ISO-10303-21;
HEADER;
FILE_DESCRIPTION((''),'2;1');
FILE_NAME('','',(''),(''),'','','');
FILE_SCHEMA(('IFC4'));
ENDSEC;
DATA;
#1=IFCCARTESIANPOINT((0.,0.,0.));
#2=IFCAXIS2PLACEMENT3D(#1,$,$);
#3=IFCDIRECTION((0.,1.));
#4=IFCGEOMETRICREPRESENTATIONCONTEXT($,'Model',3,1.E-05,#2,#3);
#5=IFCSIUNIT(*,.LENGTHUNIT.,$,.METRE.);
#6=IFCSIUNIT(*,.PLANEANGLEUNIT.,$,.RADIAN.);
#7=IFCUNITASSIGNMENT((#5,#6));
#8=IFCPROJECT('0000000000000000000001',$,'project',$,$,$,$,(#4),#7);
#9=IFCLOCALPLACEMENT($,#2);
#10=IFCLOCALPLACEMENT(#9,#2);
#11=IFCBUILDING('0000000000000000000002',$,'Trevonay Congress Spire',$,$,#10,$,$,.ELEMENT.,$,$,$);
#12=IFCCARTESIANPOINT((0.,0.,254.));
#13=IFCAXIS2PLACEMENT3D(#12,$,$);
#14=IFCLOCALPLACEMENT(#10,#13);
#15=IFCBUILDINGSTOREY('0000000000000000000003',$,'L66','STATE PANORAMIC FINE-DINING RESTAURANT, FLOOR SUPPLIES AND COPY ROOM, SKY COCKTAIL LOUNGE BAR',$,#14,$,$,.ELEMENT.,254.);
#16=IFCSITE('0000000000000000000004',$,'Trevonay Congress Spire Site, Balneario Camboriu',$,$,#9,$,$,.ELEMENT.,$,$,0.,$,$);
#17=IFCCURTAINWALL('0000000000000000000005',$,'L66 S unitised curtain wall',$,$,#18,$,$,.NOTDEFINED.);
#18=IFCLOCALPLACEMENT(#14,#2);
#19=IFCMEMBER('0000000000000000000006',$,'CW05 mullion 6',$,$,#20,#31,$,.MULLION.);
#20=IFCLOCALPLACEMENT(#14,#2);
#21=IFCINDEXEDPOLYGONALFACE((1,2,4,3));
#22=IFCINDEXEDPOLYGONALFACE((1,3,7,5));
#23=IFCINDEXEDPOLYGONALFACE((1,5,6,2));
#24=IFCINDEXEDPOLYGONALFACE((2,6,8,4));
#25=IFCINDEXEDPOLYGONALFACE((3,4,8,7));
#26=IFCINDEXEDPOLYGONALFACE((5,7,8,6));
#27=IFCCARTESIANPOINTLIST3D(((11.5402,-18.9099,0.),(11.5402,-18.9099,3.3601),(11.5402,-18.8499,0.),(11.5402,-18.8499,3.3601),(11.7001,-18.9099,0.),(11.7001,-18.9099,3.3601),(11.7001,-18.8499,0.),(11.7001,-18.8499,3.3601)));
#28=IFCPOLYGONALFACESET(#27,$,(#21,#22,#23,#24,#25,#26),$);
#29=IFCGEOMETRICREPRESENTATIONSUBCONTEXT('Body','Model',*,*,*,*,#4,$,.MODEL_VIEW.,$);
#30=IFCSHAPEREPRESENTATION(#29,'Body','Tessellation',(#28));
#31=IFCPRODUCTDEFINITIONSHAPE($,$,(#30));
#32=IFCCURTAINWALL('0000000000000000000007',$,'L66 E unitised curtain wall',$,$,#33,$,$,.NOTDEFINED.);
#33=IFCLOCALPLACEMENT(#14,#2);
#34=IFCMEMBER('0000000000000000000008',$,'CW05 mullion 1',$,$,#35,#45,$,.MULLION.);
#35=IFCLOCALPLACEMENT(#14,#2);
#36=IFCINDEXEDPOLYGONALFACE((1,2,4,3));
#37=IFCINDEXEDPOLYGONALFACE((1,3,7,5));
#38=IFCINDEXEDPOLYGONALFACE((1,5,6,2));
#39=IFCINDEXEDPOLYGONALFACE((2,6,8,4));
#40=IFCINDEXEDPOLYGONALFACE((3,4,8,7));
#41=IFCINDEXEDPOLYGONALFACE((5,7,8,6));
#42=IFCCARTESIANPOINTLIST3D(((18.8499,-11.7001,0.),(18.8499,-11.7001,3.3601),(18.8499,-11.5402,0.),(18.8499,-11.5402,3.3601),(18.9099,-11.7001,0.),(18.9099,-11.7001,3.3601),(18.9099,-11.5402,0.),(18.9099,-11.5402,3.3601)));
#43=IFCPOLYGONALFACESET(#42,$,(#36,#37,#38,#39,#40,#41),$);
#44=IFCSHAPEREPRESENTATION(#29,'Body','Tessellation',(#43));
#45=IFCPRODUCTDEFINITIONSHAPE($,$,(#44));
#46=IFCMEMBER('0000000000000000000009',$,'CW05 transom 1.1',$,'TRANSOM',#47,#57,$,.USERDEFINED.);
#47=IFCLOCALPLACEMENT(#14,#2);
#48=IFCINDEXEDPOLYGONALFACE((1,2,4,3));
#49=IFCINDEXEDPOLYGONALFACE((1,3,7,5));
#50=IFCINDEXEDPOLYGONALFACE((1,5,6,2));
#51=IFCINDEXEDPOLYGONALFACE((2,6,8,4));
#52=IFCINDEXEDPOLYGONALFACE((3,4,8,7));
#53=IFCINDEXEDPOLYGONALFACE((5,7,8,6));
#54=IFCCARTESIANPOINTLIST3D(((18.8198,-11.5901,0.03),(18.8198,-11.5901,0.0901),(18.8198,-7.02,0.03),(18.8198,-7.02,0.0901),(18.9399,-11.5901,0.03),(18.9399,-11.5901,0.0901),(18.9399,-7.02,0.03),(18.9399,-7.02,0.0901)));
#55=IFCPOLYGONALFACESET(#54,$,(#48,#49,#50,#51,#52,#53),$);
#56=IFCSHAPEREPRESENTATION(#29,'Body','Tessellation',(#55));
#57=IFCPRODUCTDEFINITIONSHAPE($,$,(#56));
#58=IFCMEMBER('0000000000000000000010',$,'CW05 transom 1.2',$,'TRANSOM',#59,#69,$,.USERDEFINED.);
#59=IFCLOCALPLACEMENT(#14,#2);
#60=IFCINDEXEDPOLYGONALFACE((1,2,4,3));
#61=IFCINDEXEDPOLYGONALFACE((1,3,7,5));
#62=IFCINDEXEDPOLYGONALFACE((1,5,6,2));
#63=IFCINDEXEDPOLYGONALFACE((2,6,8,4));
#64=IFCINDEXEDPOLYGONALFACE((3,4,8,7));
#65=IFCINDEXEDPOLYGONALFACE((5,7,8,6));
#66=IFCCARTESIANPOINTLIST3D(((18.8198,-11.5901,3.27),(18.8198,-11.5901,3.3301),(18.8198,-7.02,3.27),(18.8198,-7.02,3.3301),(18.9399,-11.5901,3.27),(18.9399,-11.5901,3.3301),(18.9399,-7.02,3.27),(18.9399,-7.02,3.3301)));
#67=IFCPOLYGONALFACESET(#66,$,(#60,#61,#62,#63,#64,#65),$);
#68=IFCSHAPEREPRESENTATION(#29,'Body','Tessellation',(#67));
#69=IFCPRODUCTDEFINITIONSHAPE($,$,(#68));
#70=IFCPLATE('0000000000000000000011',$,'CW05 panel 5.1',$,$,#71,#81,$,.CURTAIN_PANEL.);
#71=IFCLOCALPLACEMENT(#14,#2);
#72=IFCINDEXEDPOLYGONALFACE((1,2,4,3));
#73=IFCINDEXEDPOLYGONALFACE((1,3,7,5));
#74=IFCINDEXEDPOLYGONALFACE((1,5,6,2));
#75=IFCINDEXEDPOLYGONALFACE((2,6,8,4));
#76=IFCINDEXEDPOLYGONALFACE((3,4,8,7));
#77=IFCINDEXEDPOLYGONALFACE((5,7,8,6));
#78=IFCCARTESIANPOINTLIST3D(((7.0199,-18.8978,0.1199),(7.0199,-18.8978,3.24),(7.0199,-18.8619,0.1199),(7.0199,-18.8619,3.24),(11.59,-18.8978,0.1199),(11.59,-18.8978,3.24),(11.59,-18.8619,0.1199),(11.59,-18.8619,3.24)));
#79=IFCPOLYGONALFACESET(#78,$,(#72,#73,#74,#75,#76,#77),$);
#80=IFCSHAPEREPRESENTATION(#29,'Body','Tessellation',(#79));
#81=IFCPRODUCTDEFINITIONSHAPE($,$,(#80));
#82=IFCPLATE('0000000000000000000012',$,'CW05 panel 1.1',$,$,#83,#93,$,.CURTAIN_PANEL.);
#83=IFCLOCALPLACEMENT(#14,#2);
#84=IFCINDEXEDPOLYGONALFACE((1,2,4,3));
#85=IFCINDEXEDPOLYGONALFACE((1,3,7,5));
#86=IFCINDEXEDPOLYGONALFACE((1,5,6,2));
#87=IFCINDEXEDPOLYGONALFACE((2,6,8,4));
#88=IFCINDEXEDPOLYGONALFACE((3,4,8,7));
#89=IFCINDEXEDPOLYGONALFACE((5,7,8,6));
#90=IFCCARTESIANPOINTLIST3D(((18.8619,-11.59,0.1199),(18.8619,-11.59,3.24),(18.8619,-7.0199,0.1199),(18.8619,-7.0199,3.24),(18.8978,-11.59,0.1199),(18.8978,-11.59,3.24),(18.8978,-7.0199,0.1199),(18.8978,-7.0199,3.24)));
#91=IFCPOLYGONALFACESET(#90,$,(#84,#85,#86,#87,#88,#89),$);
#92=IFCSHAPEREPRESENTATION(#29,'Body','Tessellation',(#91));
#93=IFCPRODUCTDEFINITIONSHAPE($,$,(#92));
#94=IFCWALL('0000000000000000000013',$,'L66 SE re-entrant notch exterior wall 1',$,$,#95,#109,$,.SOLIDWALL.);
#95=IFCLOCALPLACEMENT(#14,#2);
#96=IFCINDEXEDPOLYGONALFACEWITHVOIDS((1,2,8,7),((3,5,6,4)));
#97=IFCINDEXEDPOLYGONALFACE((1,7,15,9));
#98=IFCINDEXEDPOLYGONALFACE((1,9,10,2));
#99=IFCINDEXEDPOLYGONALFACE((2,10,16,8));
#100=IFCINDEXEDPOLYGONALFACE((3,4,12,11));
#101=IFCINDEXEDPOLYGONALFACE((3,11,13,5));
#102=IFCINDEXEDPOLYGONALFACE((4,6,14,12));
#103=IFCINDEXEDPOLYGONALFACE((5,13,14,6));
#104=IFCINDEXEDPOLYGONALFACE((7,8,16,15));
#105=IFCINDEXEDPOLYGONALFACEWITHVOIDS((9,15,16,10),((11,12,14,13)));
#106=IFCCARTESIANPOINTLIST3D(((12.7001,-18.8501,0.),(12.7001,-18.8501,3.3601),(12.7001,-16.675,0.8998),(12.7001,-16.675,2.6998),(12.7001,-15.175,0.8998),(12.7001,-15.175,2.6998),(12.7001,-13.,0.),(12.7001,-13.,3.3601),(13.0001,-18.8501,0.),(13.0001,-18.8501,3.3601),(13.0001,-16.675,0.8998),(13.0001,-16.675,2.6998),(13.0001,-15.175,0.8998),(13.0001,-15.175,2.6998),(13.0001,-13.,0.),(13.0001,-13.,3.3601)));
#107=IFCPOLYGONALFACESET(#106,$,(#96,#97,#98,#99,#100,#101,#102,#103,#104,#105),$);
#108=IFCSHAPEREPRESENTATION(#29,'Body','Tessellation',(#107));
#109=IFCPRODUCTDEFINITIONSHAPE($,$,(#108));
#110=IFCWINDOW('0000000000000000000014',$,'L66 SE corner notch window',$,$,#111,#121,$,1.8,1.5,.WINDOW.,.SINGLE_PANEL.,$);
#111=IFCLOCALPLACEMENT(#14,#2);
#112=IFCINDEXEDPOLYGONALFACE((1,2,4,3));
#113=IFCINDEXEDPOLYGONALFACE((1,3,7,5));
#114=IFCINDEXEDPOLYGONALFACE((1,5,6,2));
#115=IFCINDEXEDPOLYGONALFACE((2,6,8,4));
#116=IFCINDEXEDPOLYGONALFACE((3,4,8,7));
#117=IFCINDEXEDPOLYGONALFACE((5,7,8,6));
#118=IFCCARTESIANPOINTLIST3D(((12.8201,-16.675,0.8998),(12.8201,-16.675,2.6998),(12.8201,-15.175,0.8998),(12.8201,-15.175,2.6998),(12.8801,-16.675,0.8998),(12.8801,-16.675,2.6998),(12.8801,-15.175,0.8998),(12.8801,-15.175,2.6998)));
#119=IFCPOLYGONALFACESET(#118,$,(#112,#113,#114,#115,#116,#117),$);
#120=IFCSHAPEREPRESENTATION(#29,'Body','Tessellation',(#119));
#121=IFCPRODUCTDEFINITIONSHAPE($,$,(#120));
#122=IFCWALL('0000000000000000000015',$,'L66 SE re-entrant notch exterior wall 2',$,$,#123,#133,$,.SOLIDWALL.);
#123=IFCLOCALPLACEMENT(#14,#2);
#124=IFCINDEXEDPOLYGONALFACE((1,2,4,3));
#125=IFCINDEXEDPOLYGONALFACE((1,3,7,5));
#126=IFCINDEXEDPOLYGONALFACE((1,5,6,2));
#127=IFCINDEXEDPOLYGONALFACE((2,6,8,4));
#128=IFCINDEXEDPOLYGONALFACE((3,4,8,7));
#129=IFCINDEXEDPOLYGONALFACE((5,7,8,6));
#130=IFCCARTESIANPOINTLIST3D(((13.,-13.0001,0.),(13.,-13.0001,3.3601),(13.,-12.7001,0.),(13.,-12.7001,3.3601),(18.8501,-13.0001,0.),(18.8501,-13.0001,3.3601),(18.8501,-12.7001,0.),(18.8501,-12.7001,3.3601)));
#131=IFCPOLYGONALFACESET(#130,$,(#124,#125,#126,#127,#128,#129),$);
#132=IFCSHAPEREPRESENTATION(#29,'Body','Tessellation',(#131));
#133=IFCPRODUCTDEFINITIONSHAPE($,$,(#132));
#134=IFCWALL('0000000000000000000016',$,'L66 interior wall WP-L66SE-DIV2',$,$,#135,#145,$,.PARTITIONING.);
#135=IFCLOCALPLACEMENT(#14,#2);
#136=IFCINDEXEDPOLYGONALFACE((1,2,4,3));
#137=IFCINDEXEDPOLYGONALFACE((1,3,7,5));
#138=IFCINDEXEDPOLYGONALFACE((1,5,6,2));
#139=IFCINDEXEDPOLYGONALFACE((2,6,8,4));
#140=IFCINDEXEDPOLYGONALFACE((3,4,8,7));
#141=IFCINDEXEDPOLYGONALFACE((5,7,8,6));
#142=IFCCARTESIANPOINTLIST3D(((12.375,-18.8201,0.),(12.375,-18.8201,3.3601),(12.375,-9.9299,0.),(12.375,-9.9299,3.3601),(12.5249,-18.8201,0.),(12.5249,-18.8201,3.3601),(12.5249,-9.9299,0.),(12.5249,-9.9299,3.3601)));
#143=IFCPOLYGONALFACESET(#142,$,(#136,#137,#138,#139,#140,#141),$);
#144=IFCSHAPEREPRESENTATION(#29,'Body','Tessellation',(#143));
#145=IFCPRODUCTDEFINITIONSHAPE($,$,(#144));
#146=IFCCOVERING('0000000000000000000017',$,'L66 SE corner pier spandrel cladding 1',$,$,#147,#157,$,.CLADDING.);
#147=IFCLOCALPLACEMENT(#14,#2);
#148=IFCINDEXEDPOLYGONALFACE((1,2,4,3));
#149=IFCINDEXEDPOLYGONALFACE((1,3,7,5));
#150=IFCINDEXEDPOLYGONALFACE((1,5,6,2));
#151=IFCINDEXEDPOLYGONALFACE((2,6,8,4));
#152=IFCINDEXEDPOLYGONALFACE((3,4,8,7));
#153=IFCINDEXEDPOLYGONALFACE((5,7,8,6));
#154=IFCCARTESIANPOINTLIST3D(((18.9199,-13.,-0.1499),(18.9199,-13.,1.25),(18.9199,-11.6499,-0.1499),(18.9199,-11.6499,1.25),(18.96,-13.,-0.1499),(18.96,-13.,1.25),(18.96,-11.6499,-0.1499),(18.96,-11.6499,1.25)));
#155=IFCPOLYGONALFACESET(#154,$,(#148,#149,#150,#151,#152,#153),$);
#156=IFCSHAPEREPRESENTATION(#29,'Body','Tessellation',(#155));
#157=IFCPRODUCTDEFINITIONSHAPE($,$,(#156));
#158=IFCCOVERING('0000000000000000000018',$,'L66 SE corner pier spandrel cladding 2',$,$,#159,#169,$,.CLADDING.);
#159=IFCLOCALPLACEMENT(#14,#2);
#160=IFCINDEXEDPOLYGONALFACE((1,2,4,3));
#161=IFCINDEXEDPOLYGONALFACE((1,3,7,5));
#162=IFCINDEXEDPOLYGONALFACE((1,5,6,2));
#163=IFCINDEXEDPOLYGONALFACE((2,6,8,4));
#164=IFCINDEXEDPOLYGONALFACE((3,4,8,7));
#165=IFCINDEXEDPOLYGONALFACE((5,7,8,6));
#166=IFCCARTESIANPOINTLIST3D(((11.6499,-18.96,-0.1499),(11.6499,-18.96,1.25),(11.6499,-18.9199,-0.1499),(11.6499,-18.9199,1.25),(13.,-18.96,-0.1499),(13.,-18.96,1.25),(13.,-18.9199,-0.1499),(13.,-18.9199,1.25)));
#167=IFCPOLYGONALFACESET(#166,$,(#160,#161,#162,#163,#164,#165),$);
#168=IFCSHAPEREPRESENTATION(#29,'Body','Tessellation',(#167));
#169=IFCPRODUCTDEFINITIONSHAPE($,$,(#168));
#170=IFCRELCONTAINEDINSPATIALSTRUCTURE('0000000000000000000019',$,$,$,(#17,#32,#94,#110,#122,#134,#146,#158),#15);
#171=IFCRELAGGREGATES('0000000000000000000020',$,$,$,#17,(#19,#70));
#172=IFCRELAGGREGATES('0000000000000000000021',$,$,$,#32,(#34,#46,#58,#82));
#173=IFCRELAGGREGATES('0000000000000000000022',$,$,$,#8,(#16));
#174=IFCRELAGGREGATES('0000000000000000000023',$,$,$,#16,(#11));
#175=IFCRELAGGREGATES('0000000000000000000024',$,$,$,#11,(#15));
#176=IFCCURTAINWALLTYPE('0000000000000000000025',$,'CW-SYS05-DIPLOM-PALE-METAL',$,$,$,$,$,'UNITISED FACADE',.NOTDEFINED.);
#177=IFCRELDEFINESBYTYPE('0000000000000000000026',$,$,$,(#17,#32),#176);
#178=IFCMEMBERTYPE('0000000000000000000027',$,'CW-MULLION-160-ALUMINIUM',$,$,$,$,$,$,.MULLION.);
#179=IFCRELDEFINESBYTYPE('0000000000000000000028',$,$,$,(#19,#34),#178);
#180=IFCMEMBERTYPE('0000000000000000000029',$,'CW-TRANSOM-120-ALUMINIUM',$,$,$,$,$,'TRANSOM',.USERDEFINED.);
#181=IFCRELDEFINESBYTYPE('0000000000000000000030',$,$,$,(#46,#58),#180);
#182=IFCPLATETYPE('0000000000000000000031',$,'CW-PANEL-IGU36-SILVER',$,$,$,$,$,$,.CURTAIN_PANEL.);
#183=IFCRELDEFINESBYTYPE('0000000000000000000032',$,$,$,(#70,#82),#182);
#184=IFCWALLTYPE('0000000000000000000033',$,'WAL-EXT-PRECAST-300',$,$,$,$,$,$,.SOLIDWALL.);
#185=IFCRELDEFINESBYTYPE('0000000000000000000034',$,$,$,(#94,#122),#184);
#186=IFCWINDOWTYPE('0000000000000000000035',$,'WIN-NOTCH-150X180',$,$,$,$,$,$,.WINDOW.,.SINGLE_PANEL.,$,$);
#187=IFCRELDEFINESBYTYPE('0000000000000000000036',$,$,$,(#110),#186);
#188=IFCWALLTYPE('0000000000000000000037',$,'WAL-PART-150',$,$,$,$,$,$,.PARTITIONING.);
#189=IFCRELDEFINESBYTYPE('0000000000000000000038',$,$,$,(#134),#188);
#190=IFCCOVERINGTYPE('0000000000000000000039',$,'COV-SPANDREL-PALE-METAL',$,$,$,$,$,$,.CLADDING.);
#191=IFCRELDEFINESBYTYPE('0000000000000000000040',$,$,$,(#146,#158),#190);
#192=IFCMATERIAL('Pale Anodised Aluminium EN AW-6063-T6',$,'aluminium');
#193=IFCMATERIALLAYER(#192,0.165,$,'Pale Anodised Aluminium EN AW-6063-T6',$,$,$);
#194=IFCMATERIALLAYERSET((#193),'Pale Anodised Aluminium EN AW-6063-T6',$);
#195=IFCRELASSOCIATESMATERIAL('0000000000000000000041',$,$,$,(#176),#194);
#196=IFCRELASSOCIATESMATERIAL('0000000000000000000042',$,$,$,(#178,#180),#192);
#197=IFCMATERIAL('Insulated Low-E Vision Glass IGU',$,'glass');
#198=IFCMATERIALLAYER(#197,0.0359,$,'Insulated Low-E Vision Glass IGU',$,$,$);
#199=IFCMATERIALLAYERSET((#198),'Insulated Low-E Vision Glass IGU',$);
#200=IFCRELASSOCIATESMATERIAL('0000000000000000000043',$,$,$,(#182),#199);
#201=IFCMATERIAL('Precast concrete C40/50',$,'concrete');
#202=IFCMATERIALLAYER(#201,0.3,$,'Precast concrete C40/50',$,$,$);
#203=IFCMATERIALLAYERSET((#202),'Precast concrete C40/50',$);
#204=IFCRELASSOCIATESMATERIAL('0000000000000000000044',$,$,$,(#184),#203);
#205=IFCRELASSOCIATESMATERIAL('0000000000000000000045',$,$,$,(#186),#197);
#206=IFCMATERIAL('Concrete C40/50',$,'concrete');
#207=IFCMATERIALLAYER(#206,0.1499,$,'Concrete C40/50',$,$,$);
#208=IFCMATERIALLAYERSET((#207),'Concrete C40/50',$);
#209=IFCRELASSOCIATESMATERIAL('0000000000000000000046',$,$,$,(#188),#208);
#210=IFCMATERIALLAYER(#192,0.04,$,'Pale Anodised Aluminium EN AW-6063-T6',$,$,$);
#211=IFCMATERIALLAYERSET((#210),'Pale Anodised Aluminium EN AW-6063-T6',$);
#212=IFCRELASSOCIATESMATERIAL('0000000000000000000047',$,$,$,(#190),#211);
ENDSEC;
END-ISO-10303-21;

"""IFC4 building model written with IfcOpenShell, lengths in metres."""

from ifc_helpers import new_model, si_unit, direction, frame, frame_2d, origin, origin_2d, place, context, subcontext, project, spatial, rectangle, extrude, material, layer, layer_set, material_profile, profile_set, type_object, element, fill, aggregate, save


model = new_model("IFC4")

# Units and contexts
model_context = context("Model", 3, precision=1e-05, world=origin(), true_north=direction((0.0, 1.0)))
body_context = subcontext(model_context, "Body", "Model", "MODEL_VIEW")
ifc_project = project(units=[si_unit("LENGTHUNIT", "METRE"), si_unit("PLANEANGLEUNIT", "RADIAN")], contexts=[model_context])

# Site, building, storey
site_placement = place(None, origin())
site = spatial("IfcSite", under=ifc_project, at=site_placement, Name="Trevonay Congress Spire Site, Balneario Camboriu", CompositionType="ELEMENT", RefElevation=0.0)
building_placement = place(site_placement, origin())
building = spatial("IfcBuilding", under=site, at=building_placement, Name="Trevonay Congress Spire", CompositionType="ELEMENT")
storey_placement = place(building_placement, frame((0.0, 0.0, 254.0)))
storey = spatial("IfcBuildingStorey", under=building, at=storey_placement, Name="L66", Description="STATE PANORAMIC FINE-DINING RESTAURANT, FLOOR SUPPLIES AND COPY ROOM, SKY COCKTAIL LOUNGE BAR", CompositionType="ELEMENT", Elevation=254.0)

# Curtain wall, member
ifc_material_1 = material(Name="Pale Anodised Aluminium EN AW-6063-T6", Category="aluminium")
ifc_layer_1 = layer(ifc_material_1, 0.165, Name="Pale Anodised Aluminium EN AW-6063-T6")
ifc_layer_set_1 = layer_set([ifc_layer_1], Name="Pale Anodised Aluminium EN AW-6063-T6")
curtain_wall_type = type_object("IfcCurtainWallType", Name="CW-SYS05-DIPLOM-PALE-METAL", ElementType="UNITISED FACADE", PredefinedType="NOTDEFINED", material=ifc_layer_set_1)
curtain_wall_1_placement = place(storey_placement, origin())
curtain_wall_1 = element("IfcCurtainWall", 1, at=curtain_wall_1_placement, inside=storey, type_object=curtain_wall_type, Name="L66 S unitised curtain wall", PredefinedType="NOTDEFINED")
ifc_material_profile_1 = material_profile(ifc_material_1, rectangle(XDim=0.0601, YDim=0.1599, at=origin_2d()), Name="CW-MULLION-160-ALUMINIUM")
ifc_profile_set_1 = profile_set([ifc_material_profile_1], Name="Pale Anodised Aluminium EN AW-6063-T6")
member_type_1 = type_object("IfcMemberType", Name="CW-MULLION-160-ALUMINIUM", PredefinedType="MULLION", material=ifc_profile_set_1)
member_1_placement = place(storey_placement, frame((11.6201, -18.8799, 0.0), z_axis=(0.0, 0.0, 1.0), x_axis=(0.0, 1.0, 0.0)))
member_1 = element("IfcMember", 2, at=member_1_placement, type_object=member_type_1, Name="CW05 mullion 6", PredefinedType="MULLION", context=body_context, shape_type="SweptSolid", body=[
    extrude(rectangle(XDim=0.0601, YDim=0.1599, at=origin_2d()), origin(), (0.0, 0.0, 1.0), 3.3601),
])

# Curtain wall, members
curtain_wall_2_placement = place(storey_placement, origin())
curtain_wall_2 = element("IfcCurtainWall", 3, at=curtain_wall_2_placement, inside=storey, type_object=curtain_wall_type, Name="L66 E unitised curtain wall", PredefinedType="NOTDEFINED")
member_2_placement = place(storey_placement, frame((18.8799, -11.6201, 0.0), z_axis=(0.0, 0.0, 1.0), x_axis=(-1.0, 0.0, 0.0)))
member_2 = element("IfcMember", 4, at=member_2_placement, type_object=member_type_1, Name="CW05 mullion 1", PredefinedType="MULLION", context=body_context, shape_type="SweptSolid", body=[
    extrude(rectangle(XDim=0.0601, YDim=0.1599, at=origin_2d()), origin(), (0.0, 0.0, 1.0), 3.3601),
])
ifc_material_profile_2 = material_profile(ifc_material_1, rectangle(XDim=0.1201, YDim=0.0601, at=origin_2d()), Name="CW-TRANSOM-120-ALUMINIUM")
ifc_profile_set_2 = profile_set([ifc_material_profile_2], Name="Pale Anodised Aluminium EN AW-6063-T6")
member_type_2 = type_object("IfcMemberType", Name="CW-TRANSOM-120-ALUMINIUM", ElementType="TRANSOM", PredefinedType="USERDEFINED", material=ifc_profile_set_2)
member_3_placement = place(storey_placement, frame((18.8799, -11.5901, 0.0601), z_axis=(0.0, 1.0, 0.0), x_axis=(-1.0, 0.0, 0.0)))
member_3 = element("IfcMember", 5, at=member_3_placement, type_object=member_type_2, Name="CW05 transom 1.1", ObjectType="TRANSOM", PredefinedType="USERDEFINED", context=body_context, shape_type="SweptSolid", body=[
    extrude(rectangle(XDim=0.1201, YDim=0.0601, at=origin_2d()), origin(), (0.0, 0.0, 1.0), 4.5701),
])
member_4_placement = place(storey_placement, frame((18.8799, -11.5901, 3.3), z_axis=(0.0, 1.0, 0.0), x_axis=(-1.0, 0.0, 0.0)))
member_4 = element("IfcMember", 6, at=member_4_placement, type_object=member_type_2, Name="CW05 transom 1.2", ObjectType="TRANSOM", PredefinedType="USERDEFINED", context=body_context, shape_type="SweptSolid", body=[
    extrude(rectangle(XDim=0.1201, YDim=0.0601, at=origin_2d()), origin(), (0.0, 0.0, 1.0), 4.5701),
])

# Plates
ifc_material_2 = material(Name="Insulated Low-E Vision Glass IGU", Category="glass")
ifc_layer_2 = layer(ifc_material_2, 0.0359, Name="Insulated Low-E Vision Glass IGU")
ifc_layer_set_2 = layer_set([ifc_layer_2], Name="Insulated Low-E Vision Glass IGU")
plate_type = type_object("IfcPlateType", Name="CW-PANEL-IGU36-SILVER", PredefinedType="CURTAIN_PANEL", material=ifc_layer_set_2)
plate_1_placement = place(storey_placement, frame((9.3049, -18.8799, 0.1199), z_axis=(0.0, 0.0, 1.0), x_axis=(1.0, 0.0, 0.0)))
plate_1 = element("IfcPlate", 7, at=plate_1_placement, type_object=plate_type, Name="CW05 panel 5.1", PredefinedType="CURTAIN_PANEL", context=body_context, shape_type="SweptSolid", body=[
    extrude(rectangle(XDim=4.5701, YDim=0.0359, at=origin_2d()), origin(), (0.0, 0.0, 1.0), 3.1201),
])
aggregate(curtain_wall_1, [member_1, plate_1])
plate_2_placement = place(storey_placement, frame((18.8799, -9.3049, 0.1199), z_axis=(0.0, 0.0, 1.0), x_axis=(0.0, 1.0, 0.0)))
plate_2 = element("IfcPlate", 8, at=plate_2_placement, type_object=plate_type, Name="CW05 panel 1.1", PredefinedType="CURTAIN_PANEL", context=body_context, shape_type="SweptSolid", body=[
    extrude(rectangle(XDim=4.5701, YDim=0.0359, at=origin_2d()), origin(), (0.0, 0.0, 1.0), 3.1201),
])
aggregate(curtain_wall_2, [member_2, member_3, member_4, plate_2])

# Wall, opening, window
ifc_material_3 = material(Name="Precast concrete C40/50", Category="concrete")
ifc_layer_3 = layer(ifc_material_3, 0.3, Name="Precast concrete C40/50")
ifc_layer_set_3 = layer_set([ifc_layer_3], Name="Precast concrete C40/50")
wall_type_1 = type_object("IfcWallType", Name="WAL-EXT-PRECAST-300", PredefinedType="SOLIDWALL", material=ifc_layer_set_3)
wall_1_placement = place(storey_placement, frame((12.8501, -18.8501, 0.0), z_axis=(0.0, 0.0, 1.0), x_axis=(0.0, 1.0, 0.0)))
wall_1 = element("IfcWall", 9, at=wall_1_placement, inside=storey, type_object=wall_type_1, Name="L66 SE re-entrant notch exterior wall 1", PredefinedType="SOLIDWALL", context=body_context, shape_type="SweptSolid", body=[
    extrude(rectangle(XDim=5.8501, YDim=0.3, at=frame_2d((2.925, 0.0))), origin(), (0.0, 0.0, 1.0), 3.3601),
])
opening_placement = place(wall_1_placement, frame((2.175, 0.0, 0.8999)))
opening = element("IfcOpeningElement", 10, at=opening_placement, cuts=wall_1, PredefinedType="OPENING", context=body_context, shape_type="SweptSolid", body=[
    extrude(rectangle(XDim=1.5, YDim=1.8, at=frame_2d((0.75, 0.8999))), frame((0.0, 0.1602, 0.0), z_axis=(0.0, -1.0, 0.0), x_axis=(1.0, 0.0, 0.0)), (0.0, 0.0, 1.0), 0.3201),
])
window_type = type_object("IfcWindowType", Name="WIN-NOTCH-150X180", PartitioningType="SINGLE_PANEL", PredefinedType="WINDOW", material=ifc_material_2)
window_placement = place(opening_placement, origin())
window = element("IfcWindow", 11, at=window_placement, inside=storey, type_object=window_type, Name="L66 SE corner notch window", OverallHeight=1.8, OverallWidth=1.5, PartitioningType="SINGLE_PANEL", PredefinedType="WINDOW", context=body_context, shape_type="SweptSolid", body=[
    extrude(rectangle(XDim=1.5, YDim=1.8, at=frame_2d((0.75, 0.8999))), frame((0.0, 0.03, 0.0), z_axis=(0.0, -1.0, 0.0), x_axis=(1.0, 0.0, 0.0)), (0.0, 0.0, 1.0), 0.0601),
])
fill(opening, window)

# Walls
wall_2_placement = place(storey_placement, frame((18.8501, -12.8501, 0.0), z_axis=(0.0, 0.0, 1.0), x_axis=(-1.0, 0.0, 0.0)))
element("IfcWall", 12, at=wall_2_placement, inside=storey, type_object=wall_type_1, Name="L66 SE re-entrant notch exterior wall 2", PredefinedType="SOLIDWALL", context=body_context, shape_type="SweptSolid", body=[
    extrude(rectangle(XDim=5.8501, YDim=0.3, at=frame_2d((2.925, 0.0))), origin(), (0.0, 0.0, 1.0), 3.3601),
])
ifc_material_4 = material(Name="Concrete C40/50", Category="concrete")
ifc_layer_4 = layer(ifc_material_4, 0.1499, Name="Concrete C40/50")
ifc_layer_set_4 = layer_set([ifc_layer_4], Name="Concrete C40/50")
wall_type_2 = type_object("IfcWallType", Name="WAL-PART-150", PredefinedType="PARTITIONING", material=ifc_layer_set_4)
wall_3_placement = place(storey_placement, frame((12.45, -18.8201, 0.0), z_axis=(0.0, 0.0, 1.0), x_axis=(0.0, 1.0, 0.0)))
element("IfcWall", 13, at=wall_3_placement, inside=storey, type_object=wall_type_2, Name="L66 interior wall WP-L66SE-DIV2", PredefinedType="PARTITIONING", context=body_context, shape_type="SweptSolid", body=[
    extrude(rectangle(XDim=8.8901, YDim=0.1499, at=frame_2d((4.4451, 0.0))), origin(), (0.0, 0.0, 1.0), 3.3601),
])

# Coverings
ifc_layer_5 = layer(ifc_material_1, 0.04, Name="Pale Anodised Aluminium EN AW-6063-T6")
ifc_layer_set_5 = layer_set([ifc_layer_5], Name="Pale Anodised Aluminium EN AW-6063-T6")
covering_type = type_object("IfcCoveringType", Name="COV-SPANDREL-PALE-METAL", PredefinedType="CLADDING", material=ifc_layer_set_5)
for number, where, z_axis, x_axis, name in (
    (14, (18.9399, -11.6499, -0.1499), (0.0, 0.0, 1.0), (0.0, -1.0, 0.0), "L66 SE corner pier spandrel cladding 1"),
    (15, (11.6499, -18.9399, -0.1499), (0.0, 0.0, 1.0), (1.0, 0.0, 0.0), "L66 SE corner pier spandrel cladding 2"),
):
    element("IfcCovering", number, at=place(storey_placement, frame(where, z_axis=z_axis, x_axis=x_axis)), inside=storey, type_object=covering_type, Name=name, PredefinedType="CLADDING", context=body_context, shape_type="SweptSolid", body=[
        extrude(rectangle(XDim=1.3501, YDim=0.04, at=frame_2d((0.675, 0.0))), origin(), (0.0, 0.0, 1.0), 1.3999),
    ])

save(model, "model.ifc")
